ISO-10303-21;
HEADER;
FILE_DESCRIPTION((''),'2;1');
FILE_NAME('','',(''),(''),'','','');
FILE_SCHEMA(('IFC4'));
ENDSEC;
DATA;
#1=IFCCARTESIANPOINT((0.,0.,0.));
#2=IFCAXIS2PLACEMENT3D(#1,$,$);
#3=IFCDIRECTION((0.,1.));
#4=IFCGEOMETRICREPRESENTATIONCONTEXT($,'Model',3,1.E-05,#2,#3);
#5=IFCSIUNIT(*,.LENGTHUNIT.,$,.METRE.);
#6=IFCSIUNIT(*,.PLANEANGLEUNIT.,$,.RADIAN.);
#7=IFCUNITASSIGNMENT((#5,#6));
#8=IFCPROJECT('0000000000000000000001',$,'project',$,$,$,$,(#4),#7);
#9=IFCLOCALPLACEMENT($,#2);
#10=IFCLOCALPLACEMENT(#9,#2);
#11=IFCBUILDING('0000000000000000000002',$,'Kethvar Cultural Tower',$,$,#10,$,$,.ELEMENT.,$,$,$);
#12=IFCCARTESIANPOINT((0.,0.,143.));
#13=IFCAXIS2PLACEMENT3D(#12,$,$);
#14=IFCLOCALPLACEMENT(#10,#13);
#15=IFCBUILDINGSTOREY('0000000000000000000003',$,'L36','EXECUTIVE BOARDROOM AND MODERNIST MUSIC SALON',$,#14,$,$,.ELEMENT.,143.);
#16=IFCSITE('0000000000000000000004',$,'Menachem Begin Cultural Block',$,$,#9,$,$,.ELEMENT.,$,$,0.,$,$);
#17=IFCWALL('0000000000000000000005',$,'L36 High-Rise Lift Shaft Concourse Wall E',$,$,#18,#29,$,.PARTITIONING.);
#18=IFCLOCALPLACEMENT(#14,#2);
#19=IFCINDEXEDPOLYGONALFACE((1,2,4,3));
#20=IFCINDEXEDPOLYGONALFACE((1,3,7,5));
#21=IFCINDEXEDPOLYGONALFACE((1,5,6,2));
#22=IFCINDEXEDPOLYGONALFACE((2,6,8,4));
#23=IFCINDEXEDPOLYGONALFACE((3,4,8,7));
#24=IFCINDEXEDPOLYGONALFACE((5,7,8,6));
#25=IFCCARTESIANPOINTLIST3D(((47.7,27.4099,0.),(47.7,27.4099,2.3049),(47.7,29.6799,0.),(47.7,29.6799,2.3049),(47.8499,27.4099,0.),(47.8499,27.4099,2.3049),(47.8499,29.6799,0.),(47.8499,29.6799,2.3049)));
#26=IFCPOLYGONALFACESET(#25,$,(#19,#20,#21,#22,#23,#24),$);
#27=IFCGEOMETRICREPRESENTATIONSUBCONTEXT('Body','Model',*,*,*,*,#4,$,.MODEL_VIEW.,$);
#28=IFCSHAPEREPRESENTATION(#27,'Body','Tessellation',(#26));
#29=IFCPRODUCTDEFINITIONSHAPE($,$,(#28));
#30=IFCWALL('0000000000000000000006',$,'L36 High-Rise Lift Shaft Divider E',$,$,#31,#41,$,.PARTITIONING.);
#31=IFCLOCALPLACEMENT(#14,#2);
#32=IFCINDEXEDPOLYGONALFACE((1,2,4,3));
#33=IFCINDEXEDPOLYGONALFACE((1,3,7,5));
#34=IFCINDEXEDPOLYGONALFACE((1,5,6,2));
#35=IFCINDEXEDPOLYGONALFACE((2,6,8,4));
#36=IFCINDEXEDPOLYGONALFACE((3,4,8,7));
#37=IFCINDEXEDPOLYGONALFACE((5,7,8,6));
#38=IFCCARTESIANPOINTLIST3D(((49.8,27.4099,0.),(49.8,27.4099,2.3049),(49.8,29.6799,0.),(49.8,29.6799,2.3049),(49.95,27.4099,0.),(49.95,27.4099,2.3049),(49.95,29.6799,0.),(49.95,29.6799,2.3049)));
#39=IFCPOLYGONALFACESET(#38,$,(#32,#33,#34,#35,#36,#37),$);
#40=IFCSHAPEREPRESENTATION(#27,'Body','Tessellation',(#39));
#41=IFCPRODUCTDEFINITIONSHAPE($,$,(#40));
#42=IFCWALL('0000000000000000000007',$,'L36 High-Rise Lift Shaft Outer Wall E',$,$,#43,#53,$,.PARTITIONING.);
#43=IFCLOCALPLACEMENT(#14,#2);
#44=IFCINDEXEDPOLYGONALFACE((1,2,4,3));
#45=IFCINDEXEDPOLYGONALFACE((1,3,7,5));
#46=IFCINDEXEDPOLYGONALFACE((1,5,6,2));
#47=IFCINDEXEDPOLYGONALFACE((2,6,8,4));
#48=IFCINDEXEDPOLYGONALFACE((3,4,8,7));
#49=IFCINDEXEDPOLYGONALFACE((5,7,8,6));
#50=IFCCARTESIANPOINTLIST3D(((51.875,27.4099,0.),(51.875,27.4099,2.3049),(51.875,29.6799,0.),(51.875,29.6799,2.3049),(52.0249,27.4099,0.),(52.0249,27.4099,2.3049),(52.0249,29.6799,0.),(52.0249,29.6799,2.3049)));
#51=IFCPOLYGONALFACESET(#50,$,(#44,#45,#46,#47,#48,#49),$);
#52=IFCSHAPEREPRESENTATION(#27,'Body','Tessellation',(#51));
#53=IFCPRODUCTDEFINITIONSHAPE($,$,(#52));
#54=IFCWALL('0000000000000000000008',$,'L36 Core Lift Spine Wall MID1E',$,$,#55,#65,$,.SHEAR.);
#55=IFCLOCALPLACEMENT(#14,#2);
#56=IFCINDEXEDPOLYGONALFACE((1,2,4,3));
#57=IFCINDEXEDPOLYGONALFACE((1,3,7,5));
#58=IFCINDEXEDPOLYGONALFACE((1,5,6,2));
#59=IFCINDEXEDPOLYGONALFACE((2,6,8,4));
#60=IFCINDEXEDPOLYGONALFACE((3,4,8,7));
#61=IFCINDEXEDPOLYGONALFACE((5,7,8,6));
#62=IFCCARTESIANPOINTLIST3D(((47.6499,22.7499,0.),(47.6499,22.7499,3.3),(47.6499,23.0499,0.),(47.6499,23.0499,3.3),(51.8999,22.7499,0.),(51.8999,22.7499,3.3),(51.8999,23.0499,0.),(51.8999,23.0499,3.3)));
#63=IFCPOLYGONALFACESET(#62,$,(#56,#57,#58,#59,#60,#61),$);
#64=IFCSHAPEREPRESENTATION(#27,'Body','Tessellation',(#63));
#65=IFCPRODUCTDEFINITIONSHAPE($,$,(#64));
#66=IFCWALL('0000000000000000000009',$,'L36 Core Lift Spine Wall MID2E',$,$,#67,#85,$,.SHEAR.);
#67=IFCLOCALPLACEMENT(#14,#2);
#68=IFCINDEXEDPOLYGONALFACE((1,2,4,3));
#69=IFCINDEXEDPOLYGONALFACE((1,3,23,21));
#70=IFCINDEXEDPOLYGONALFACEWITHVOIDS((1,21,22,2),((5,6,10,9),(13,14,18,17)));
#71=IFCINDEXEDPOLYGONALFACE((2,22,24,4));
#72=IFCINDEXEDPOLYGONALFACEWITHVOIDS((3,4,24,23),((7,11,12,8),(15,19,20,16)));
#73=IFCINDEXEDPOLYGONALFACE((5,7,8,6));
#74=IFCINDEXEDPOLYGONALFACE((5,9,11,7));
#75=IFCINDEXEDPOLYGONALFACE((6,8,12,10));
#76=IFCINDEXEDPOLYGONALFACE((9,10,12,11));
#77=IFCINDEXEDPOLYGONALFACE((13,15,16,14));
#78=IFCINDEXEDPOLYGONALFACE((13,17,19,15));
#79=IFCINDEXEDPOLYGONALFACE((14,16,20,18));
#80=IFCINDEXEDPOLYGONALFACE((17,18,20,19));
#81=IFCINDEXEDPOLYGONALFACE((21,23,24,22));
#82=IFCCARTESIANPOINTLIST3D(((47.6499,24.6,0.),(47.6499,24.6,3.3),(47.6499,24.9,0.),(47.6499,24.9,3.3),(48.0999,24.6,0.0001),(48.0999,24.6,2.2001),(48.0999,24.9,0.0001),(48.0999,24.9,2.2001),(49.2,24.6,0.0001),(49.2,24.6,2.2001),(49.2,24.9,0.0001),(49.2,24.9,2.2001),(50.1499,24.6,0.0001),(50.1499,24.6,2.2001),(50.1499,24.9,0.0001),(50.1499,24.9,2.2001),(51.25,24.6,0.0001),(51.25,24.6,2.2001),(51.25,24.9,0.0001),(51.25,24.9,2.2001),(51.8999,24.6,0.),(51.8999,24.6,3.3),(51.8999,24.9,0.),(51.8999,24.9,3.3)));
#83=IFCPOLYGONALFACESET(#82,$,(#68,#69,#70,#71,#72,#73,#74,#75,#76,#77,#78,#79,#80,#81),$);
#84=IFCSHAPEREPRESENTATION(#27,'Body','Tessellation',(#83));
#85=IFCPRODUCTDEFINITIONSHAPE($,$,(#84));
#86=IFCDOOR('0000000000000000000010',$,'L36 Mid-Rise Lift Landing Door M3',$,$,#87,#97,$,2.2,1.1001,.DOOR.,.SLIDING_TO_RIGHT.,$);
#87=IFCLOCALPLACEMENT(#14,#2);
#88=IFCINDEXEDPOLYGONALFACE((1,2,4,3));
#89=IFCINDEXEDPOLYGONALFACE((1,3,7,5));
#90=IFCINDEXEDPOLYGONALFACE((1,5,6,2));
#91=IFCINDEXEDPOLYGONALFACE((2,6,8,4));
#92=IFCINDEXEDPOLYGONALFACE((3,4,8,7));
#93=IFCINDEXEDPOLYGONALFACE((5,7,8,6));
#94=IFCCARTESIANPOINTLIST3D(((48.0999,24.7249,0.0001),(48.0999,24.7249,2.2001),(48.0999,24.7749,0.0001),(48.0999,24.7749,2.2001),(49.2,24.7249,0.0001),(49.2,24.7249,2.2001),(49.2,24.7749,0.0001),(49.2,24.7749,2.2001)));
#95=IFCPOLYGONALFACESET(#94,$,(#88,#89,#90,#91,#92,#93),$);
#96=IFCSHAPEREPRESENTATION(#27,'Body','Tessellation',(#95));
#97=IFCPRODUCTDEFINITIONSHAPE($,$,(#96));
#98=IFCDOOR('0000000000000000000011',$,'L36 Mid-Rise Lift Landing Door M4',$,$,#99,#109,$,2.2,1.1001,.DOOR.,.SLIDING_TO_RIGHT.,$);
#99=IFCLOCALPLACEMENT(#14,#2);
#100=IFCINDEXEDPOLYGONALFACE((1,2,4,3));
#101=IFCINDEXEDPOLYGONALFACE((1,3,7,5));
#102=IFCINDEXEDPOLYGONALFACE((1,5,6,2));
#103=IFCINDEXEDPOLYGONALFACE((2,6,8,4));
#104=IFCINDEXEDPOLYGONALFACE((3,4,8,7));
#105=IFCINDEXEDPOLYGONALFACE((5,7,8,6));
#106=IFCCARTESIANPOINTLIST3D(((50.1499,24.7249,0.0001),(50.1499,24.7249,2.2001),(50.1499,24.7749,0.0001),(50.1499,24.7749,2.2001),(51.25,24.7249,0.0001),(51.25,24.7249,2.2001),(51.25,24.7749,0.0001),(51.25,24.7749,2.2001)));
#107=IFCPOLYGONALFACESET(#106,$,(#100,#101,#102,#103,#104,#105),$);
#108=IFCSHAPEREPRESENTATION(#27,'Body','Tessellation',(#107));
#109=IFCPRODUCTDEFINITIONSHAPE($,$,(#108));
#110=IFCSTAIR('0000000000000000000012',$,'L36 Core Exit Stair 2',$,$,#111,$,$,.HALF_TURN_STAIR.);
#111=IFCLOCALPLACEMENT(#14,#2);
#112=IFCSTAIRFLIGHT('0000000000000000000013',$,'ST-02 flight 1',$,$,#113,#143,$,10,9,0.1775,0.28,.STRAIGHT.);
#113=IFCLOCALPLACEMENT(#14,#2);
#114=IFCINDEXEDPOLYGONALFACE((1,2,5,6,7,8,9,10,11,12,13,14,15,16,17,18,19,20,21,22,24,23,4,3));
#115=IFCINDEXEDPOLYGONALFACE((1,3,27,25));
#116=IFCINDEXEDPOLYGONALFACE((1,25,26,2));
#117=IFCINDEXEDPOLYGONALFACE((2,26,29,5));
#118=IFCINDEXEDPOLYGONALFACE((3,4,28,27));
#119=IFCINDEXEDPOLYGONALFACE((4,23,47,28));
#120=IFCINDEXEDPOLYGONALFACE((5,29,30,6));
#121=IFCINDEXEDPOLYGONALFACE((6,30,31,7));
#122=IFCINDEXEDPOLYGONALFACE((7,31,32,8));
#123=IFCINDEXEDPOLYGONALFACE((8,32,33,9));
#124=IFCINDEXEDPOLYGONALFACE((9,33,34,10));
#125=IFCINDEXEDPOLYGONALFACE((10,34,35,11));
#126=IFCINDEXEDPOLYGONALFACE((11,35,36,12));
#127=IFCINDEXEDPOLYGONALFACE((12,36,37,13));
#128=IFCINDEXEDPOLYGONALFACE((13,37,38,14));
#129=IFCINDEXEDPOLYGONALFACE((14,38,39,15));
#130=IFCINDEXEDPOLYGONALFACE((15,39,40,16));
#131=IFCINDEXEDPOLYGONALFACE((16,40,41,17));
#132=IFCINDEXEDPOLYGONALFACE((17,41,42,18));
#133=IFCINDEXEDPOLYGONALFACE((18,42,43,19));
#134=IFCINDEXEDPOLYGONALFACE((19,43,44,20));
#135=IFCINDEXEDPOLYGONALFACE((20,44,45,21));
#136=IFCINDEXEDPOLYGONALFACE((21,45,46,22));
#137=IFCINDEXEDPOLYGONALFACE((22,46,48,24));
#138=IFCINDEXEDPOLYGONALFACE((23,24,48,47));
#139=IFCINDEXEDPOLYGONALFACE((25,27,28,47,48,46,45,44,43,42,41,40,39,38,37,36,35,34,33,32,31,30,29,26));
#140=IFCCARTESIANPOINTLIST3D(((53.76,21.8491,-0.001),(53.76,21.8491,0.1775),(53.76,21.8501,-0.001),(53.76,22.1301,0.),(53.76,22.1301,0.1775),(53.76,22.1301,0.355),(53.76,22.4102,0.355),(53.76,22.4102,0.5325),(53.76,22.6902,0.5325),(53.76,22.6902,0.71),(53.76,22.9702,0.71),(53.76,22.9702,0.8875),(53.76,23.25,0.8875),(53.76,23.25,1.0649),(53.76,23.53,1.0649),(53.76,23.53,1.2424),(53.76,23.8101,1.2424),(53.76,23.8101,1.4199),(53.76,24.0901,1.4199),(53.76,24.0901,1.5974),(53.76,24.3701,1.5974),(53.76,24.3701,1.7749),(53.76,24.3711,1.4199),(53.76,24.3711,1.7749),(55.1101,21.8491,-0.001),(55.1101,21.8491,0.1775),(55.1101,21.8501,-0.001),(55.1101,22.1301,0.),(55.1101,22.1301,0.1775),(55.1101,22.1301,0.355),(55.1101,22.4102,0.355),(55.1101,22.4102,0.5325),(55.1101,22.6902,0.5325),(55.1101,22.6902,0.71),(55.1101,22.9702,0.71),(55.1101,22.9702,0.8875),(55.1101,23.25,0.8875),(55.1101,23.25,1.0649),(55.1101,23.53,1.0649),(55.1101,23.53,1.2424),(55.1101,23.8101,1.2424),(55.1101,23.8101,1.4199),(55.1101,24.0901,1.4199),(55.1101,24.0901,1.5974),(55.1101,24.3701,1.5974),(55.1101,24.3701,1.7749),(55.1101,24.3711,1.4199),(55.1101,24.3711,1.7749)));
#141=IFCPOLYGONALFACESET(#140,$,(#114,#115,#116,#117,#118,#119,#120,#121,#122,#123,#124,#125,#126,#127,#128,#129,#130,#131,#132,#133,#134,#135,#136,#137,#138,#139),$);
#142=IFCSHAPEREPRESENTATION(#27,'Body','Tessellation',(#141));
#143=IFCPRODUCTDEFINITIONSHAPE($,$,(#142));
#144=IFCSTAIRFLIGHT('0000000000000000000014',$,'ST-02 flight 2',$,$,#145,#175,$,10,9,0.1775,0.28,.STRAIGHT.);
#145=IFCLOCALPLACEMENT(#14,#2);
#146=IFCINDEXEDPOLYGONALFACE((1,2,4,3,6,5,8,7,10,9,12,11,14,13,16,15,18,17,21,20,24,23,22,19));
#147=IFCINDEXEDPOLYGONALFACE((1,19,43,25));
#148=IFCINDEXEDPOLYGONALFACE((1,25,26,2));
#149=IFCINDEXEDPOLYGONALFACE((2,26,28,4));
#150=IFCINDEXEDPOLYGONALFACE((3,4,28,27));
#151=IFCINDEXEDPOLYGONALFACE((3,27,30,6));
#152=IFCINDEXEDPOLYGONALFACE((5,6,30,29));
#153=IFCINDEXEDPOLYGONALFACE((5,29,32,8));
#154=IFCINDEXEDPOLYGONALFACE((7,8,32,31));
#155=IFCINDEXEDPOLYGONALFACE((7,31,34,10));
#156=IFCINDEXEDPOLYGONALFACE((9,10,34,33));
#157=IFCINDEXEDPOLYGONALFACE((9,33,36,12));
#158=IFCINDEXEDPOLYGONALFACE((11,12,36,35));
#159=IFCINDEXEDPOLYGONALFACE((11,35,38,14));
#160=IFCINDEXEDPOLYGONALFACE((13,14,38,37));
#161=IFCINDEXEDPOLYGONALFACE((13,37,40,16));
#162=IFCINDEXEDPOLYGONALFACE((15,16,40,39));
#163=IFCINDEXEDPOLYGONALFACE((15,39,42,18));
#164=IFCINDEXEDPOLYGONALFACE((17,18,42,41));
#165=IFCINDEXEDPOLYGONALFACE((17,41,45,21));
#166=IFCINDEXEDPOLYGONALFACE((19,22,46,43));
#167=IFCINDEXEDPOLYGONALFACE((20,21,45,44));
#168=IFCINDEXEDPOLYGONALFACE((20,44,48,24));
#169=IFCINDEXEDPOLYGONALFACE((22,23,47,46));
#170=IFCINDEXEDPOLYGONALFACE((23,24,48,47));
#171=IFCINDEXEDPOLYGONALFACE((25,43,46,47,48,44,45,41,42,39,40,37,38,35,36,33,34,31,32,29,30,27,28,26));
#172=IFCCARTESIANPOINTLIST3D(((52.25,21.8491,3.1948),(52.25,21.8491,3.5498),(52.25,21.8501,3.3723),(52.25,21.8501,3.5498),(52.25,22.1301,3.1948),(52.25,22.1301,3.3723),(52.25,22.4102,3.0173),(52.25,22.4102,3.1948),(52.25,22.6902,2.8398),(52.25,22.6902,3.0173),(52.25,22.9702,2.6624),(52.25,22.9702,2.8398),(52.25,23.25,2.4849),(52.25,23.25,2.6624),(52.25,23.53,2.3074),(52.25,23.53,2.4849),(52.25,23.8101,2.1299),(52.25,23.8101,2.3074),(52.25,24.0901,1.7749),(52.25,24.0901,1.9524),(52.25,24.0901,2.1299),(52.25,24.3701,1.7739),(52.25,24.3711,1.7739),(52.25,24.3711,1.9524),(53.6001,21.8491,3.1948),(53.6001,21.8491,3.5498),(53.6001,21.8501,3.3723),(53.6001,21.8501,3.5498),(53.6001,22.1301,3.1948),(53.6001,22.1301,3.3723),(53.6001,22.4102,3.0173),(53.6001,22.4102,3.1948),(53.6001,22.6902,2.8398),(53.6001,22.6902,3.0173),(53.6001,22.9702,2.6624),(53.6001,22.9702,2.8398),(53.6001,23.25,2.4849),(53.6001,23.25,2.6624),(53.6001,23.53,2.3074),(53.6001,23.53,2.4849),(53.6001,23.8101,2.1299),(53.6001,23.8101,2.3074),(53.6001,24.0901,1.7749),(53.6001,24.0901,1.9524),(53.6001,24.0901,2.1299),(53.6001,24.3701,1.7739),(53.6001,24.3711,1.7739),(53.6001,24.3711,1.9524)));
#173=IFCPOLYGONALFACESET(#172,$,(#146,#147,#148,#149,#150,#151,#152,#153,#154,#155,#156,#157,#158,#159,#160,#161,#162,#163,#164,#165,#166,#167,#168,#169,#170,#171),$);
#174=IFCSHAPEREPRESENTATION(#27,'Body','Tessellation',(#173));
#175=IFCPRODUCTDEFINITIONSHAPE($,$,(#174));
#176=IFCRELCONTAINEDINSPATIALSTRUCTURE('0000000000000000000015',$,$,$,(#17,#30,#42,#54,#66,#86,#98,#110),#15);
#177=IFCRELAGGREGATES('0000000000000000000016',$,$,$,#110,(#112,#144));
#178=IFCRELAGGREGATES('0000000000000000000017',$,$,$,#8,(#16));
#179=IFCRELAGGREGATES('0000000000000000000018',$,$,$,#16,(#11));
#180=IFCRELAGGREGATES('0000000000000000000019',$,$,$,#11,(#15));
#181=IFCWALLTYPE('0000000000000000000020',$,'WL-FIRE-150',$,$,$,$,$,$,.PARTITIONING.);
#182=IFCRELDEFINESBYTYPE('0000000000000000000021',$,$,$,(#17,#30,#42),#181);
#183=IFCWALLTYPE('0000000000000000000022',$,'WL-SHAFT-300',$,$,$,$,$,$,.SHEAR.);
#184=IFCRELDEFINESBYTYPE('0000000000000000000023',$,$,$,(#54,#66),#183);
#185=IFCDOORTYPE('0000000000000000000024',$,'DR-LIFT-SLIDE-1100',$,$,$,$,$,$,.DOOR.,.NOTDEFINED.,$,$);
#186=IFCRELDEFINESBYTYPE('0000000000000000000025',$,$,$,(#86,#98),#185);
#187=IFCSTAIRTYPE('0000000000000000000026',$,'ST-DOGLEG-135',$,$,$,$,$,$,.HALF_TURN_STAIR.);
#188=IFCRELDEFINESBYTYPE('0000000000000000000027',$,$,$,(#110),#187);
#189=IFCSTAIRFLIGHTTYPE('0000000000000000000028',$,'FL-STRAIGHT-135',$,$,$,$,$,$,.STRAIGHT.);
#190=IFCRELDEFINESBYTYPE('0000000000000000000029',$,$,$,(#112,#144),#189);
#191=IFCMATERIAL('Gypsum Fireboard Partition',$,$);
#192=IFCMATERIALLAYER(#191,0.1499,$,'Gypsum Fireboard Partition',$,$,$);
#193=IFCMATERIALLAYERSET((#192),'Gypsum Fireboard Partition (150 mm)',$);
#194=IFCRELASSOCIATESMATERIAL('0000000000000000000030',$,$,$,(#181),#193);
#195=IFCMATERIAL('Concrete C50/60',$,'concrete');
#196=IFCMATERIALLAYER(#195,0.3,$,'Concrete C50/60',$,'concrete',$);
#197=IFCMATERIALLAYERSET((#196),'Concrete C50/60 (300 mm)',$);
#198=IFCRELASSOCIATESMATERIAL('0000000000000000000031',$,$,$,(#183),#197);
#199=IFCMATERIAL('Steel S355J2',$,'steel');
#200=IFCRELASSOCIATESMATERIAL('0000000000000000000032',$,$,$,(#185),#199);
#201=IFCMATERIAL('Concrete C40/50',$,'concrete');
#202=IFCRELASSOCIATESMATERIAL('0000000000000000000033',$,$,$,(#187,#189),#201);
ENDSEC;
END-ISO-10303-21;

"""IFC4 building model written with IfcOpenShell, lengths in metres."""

from ifc_helpers import new_model, si_unit, direction, frame, frame_2d, origin, place, context, subcontext, project, spatial, polyline, rectangle, outline, extrude, source, transform, mapped, material, layer, layer_set, type_object, element, fill, aggregate, save


model = new_model("IFC4")

# Units and contexts
model_context = context("Model", 3, precision=1e-05, world=origin(), true_north=direction((0.0, 1.0)))
body_context = subcontext(model_context, "Body", "Model", "MODEL_VIEW")
ifc_project = project(units=[si_unit("LENGTHUNIT", "METRE"), si_unit("PLANEANGLEUNIT", "RADIAN")], contexts=[model_context])

# Site, building, storey
site_placement = place(None, origin())
site = spatial("IfcSite", under=ifc_project, at=site_placement, Name="Menachem Begin Cultural Block", CompositionType="ELEMENT", RefElevation=0.0)
building_placement = place(site_placement, origin())
building = spatial("IfcBuilding", under=site, at=building_placement, Name="Kethvar Cultural Tower", CompositionType="ELEMENT")
storey_placement = place(building_placement, frame((0.0, 0.0, 143.0)))
storey = spatial("IfcBuildingStorey", under=building, at=storey_placement, Name="L36", Description="EXECUTIVE BOARDROOM AND MODERNIST MUSIC SALON", CompositionType="ELEMENT", Elevation=143.0)

# Shared definitions
ifc_material_1 = material(Name="Steel S355J2", Category="steel")

# Walls
ifc_material_2 = material(Name="Gypsum Fireboard Partition")
ifc_layer_1 = layer(ifc_material_2, 0.1499, Name="Gypsum Fireboard Partition")
ifc_layer_set_1 = layer_set([ifc_layer_1], Name="Gypsum Fireboard Partition (150 mm)")
wall_type_1 = type_object("IfcWallType", Name="WL-FIRE-150", PredefinedType="PARTITIONING", material=ifc_layer_set_1)
for number, where, z_axis, x_axis, name in (
    (1, (47.7749, 27.4099, 0.0), (0.0, 0.0, 1.0), (0.0, 1.0, 0.0), "L36 High-Rise Lift Shaft Concourse Wall E"),
    (2, (49.875, 27.4099, 0.0), (0.0, 0.0, 1.0), (0.0, 1.0, 0.0), "L36 High-Rise Lift Shaft Divider E"),
    (3, (51.95, 27.4099, 0.0), (0.0, 0.0, 1.0), (0.0, 1.0, 0.0), "L36 High-Rise Lift Shaft Outer Wall E"),
):
    element("IfcWall", number, at=place(storey_placement, frame(where, z_axis=z_axis, x_axis=x_axis)), inside=storey, type_object=wall_type_1, Name=name, PredefinedType="PARTITIONING", context=body_context, shape_type="SweptSolid", body=[
        extrude(rectangle(XDim=2.27, YDim=0.1499, at=frame_2d((1.135, 0.0))), origin(), (0.0, 0.0, 1.0), 2.3049),
    ])
ifc_material_3 = material(Name="Concrete C50/60", Category="concrete")
ifc_layer_2 = layer(ifc_material_3, 0.3, Name="Concrete C50/60", Category="concrete")
ifc_layer_set_2 = layer_set([ifc_layer_2], Name="Concrete C50/60 (300 mm)")
wall_type_2 = type_object("IfcWallType", Name="WL-SHAFT-300", PredefinedType="SHEAR", material=ifc_layer_set_2)
wall_1_placement = place(storey_placement, frame((47.6499, 22.8999, 0.0), z_axis=(0.0, 0.0, 1.0), x_axis=(1.0, 0.0, 0.0)))
element("IfcWall", 4, at=wall_1_placement, inside=storey, type_object=wall_type_2, Name="L36 Core Lift Spine Wall MID1E", PredefinedType="SHEAR", context=body_context, shape_type="SweptSolid", body=[
    extrude(rectangle(XDim=4.25, YDim=0.3, at=frame_2d((2.125, 0.0))), origin(), (0.0, 0.0, 1.0), 3.3),
])

# Wall, openings, doors
wall_2_placement = place(storey_placement, frame((47.6499, 24.75, 0.0), z_axis=(0.0, 0.0, 1.0), x_axis=(1.0, 0.0, 0.0)))
wall_2 = element("IfcWall", 5, at=wall_2_placement, inside=storey, type_object=wall_type_2, Name="L36 Core Lift Spine Wall MID2E", PredefinedType="SHEAR", context=body_context, shape_type="SweptSolid", body=[
    extrude(rectangle(XDim=4.25, YDim=0.3, at=frame_2d((2.125, 0.0))), origin(), (0.0, 0.0, 1.0), 3.3),
])
opening_1_placement = place(wall_2_placement, frame((0.45, 0.0, 0.0)))
opening_1 = element("IfcOpeningElement", 6, at=opening_1_placement, cuts=wall_2, PredefinedType="OPENING", context=body_context, shape_type="SweptSolid", body=[
    extrude(rectangle(XDim=1.1001, YDim=2.2, at=frame_2d((0.55, 1.1001))), frame((0.0, 0.1599, 0.0), z_axis=(0.0, -1.0, 0.0), x_axis=(1.0, 0.0, 0.0)), (0.0, 0.0, 1.0), 0.3201),
])
opening_2_placement = place(wall_2_placement, frame((2.5, 0.0, 0.0)))
opening_2 = element("IfcOpeningElement", 7, at=opening_2_placement, cuts=wall_2, PredefinedType="OPENING", context=body_context, shape_type="SweptSolid", body=[
    extrude(rectangle(XDim=1.1001, YDim=2.2, at=frame_2d((0.55, 1.1001))), frame((0.0, 0.1599, 0.0), z_axis=(0.0, -1.0, 0.0), x_axis=(1.0, 0.0, 0.0)), (0.0, 0.0, 1.0), 0.3201),
])
door_type = type_object("IfcDoorType", Name="DR-LIFT-SLIDE-1100", OperationType="NOTDEFINED", PredefinedType="DOOR", material=ifc_material_1)
shared_shape_1 = source(origin(), body_context, "Body", "SweptSolid", [
    extrude(rectangle(XDim=1.1001, YDim=2.2, at=frame_2d((0.55, 1.1001))), frame((0.0, 0.0249, 0.0), z_axis=(0.0, -1.0, 0.0), x_axis=(1.0, 0.0, 0.0)), (0.0, 0.0, 1.0), 0.05),
])
door_1_placement = place(opening_1_placement, origin())
door_1 = element("IfcDoor", 8, at=door_1_placement, inside=storey, type_object=door_type, Name="L36 Mid-Rise Lift Landing Door M3", OperationType="SLIDING_TO_RIGHT", OverallHeight=2.2, OverallWidth=1.1001, PredefinedType="DOOR", context=body_context, shape_type="MappedRepresentation", body=[
    mapped(shared_shape_1, transform((0.0, 0.0, 0.0), scale=1.0)),
])
fill(opening_1, door_1)
door_2_placement = place(opening_2_placement, origin())
door_2 = element("IfcDoor", 9, at=door_2_placement, inside=storey, type_object=door_type, Name="L36 Mid-Rise Lift Landing Door M4", OperationType="SLIDING_TO_RIGHT", OverallHeight=2.2, OverallWidth=1.1001, PredefinedType="DOOR", context=body_context, shape_type="MappedRepresentation", body=[
    mapped(shared_shape_1, transform((0.0, 0.0, 0.0), scale=1.0)),
])
fill(opening_2, door_2)

# Stair, stair flights
ifc_material_4 = material(Name="Concrete C40/50", Category="concrete")
stair_type = type_object("IfcStairType", Name="ST-DOGLEG-135", PredefinedType="HALF_TURN_STAIR", material=ifc_material_4)
stair_placement = place(storey_placement, origin())
stair = element("IfcStair", 10, at=stair_placement, inside=storey, type_object=stair_type, Name="L36 Core Exit Stair 2", PredefinedType="HALF_TURN_STAIR")
stair_flight_type = type_object("IfcStairFlightType", Name="FL-STRAIGHT-135", PredefinedType="STRAIGHT", material=ifc_material_4)
stair_flight_1_placement = place(storey_placement, frame((54.4351, 21.8501, 0.0), z_axis=(0.0, 0.0, 1.0), x_axis=(0.0, 1.0, 0.0)))
stair_flight_1 = element("IfcStairFlight", 11, at=stair_flight_1_placement, type_object=stair_flight_type, Name="ST-02 flight 1", NumberOfRisers=10, NumberOfTreads=9, PredefinedType="STRAIGHT", RiserHeight=0.1775, TreadLength=0.28, context=body_context, shape_type="SweptSolid", body=[
    extrude(outline(polyline([(-0.001, -0.001), (-0.001, 0.1775), (0.28, 0.1775), (0.28, 0.355), (0.5601, 0.355), (0.5601, 0.5325), (0.8401, 0.5325), (0.8401, 0.71), (1.1201, 0.71), (1.1201, 0.8875), (1.3999, 0.8875), (1.3999, 1.0649), (1.6799, 1.0649), (1.6799, 1.2424), (1.96, 1.2424), (1.96, 1.4199), (2.24, 1.4199), (2.24, 1.5974), (2.52, 1.5974), (2.52, 1.7749), (2.521, 1.7749), (2.521, 1.4199), (0.28, 0.0), (0.0, -0.001), (-0.001, -0.001)])), frame((0.0, 0.675, 0.0), z_axis=(0.0, -1.0, 0.0), x_axis=(1.0, 0.0, 0.0)), (0.0, 0.0, 1.0), 1.3501),
])
stair_flight_2_placement = place(storey_placement, frame((52.925, 24.3701, 1.7749), z_axis=(0.0, 0.0, 1.0), x_axis=(0.0, -1.0, 0.0)))
stair_flight_2 = element("IfcStairFlight", 12, at=stair_flight_2_placement, type_object=stair_flight_type, Name="ST-02 flight 2", NumberOfRisers=10, NumberOfTreads=9, PredefinedType="STRAIGHT", RiserHeight=0.1775, TreadLength=0.28, context=body_context, shape_type="SweptSolid", body=[
    extrude(outline(polyline([(-0.001, -0.001), (-0.001, 0.1775), (0.28, 0.1775), (0.28, 0.355), (0.5601, 0.355), (0.5601, 0.5325), (0.8401, 0.5325), (0.8401, 0.71), (1.1201, 0.71), (1.1201, 0.8875), (1.3999, 0.8875), (1.3999, 1.0649), (1.6799, 1.0649), (1.6799, 1.2424), (1.96, 1.2424), (1.96, 1.4199), (2.24, 1.4199), (2.24, 1.5974), (2.52, 1.5974), (2.52, 1.7749), (2.521, 1.7749), (2.521, 1.4199), (0.28, 0.0), (0.0, -0.001), (-0.001, -0.001)])), frame((0.0, 0.675, 0.0), z_axis=(0.0, -1.0, 0.0), x_axis=(1.0, 0.0, 0.0)), (0.0, 0.0, 1.0), 1.3501),
])
aggregate(stair, [stair_flight_1, stair_flight_2])

save(model, "model.ifc")
